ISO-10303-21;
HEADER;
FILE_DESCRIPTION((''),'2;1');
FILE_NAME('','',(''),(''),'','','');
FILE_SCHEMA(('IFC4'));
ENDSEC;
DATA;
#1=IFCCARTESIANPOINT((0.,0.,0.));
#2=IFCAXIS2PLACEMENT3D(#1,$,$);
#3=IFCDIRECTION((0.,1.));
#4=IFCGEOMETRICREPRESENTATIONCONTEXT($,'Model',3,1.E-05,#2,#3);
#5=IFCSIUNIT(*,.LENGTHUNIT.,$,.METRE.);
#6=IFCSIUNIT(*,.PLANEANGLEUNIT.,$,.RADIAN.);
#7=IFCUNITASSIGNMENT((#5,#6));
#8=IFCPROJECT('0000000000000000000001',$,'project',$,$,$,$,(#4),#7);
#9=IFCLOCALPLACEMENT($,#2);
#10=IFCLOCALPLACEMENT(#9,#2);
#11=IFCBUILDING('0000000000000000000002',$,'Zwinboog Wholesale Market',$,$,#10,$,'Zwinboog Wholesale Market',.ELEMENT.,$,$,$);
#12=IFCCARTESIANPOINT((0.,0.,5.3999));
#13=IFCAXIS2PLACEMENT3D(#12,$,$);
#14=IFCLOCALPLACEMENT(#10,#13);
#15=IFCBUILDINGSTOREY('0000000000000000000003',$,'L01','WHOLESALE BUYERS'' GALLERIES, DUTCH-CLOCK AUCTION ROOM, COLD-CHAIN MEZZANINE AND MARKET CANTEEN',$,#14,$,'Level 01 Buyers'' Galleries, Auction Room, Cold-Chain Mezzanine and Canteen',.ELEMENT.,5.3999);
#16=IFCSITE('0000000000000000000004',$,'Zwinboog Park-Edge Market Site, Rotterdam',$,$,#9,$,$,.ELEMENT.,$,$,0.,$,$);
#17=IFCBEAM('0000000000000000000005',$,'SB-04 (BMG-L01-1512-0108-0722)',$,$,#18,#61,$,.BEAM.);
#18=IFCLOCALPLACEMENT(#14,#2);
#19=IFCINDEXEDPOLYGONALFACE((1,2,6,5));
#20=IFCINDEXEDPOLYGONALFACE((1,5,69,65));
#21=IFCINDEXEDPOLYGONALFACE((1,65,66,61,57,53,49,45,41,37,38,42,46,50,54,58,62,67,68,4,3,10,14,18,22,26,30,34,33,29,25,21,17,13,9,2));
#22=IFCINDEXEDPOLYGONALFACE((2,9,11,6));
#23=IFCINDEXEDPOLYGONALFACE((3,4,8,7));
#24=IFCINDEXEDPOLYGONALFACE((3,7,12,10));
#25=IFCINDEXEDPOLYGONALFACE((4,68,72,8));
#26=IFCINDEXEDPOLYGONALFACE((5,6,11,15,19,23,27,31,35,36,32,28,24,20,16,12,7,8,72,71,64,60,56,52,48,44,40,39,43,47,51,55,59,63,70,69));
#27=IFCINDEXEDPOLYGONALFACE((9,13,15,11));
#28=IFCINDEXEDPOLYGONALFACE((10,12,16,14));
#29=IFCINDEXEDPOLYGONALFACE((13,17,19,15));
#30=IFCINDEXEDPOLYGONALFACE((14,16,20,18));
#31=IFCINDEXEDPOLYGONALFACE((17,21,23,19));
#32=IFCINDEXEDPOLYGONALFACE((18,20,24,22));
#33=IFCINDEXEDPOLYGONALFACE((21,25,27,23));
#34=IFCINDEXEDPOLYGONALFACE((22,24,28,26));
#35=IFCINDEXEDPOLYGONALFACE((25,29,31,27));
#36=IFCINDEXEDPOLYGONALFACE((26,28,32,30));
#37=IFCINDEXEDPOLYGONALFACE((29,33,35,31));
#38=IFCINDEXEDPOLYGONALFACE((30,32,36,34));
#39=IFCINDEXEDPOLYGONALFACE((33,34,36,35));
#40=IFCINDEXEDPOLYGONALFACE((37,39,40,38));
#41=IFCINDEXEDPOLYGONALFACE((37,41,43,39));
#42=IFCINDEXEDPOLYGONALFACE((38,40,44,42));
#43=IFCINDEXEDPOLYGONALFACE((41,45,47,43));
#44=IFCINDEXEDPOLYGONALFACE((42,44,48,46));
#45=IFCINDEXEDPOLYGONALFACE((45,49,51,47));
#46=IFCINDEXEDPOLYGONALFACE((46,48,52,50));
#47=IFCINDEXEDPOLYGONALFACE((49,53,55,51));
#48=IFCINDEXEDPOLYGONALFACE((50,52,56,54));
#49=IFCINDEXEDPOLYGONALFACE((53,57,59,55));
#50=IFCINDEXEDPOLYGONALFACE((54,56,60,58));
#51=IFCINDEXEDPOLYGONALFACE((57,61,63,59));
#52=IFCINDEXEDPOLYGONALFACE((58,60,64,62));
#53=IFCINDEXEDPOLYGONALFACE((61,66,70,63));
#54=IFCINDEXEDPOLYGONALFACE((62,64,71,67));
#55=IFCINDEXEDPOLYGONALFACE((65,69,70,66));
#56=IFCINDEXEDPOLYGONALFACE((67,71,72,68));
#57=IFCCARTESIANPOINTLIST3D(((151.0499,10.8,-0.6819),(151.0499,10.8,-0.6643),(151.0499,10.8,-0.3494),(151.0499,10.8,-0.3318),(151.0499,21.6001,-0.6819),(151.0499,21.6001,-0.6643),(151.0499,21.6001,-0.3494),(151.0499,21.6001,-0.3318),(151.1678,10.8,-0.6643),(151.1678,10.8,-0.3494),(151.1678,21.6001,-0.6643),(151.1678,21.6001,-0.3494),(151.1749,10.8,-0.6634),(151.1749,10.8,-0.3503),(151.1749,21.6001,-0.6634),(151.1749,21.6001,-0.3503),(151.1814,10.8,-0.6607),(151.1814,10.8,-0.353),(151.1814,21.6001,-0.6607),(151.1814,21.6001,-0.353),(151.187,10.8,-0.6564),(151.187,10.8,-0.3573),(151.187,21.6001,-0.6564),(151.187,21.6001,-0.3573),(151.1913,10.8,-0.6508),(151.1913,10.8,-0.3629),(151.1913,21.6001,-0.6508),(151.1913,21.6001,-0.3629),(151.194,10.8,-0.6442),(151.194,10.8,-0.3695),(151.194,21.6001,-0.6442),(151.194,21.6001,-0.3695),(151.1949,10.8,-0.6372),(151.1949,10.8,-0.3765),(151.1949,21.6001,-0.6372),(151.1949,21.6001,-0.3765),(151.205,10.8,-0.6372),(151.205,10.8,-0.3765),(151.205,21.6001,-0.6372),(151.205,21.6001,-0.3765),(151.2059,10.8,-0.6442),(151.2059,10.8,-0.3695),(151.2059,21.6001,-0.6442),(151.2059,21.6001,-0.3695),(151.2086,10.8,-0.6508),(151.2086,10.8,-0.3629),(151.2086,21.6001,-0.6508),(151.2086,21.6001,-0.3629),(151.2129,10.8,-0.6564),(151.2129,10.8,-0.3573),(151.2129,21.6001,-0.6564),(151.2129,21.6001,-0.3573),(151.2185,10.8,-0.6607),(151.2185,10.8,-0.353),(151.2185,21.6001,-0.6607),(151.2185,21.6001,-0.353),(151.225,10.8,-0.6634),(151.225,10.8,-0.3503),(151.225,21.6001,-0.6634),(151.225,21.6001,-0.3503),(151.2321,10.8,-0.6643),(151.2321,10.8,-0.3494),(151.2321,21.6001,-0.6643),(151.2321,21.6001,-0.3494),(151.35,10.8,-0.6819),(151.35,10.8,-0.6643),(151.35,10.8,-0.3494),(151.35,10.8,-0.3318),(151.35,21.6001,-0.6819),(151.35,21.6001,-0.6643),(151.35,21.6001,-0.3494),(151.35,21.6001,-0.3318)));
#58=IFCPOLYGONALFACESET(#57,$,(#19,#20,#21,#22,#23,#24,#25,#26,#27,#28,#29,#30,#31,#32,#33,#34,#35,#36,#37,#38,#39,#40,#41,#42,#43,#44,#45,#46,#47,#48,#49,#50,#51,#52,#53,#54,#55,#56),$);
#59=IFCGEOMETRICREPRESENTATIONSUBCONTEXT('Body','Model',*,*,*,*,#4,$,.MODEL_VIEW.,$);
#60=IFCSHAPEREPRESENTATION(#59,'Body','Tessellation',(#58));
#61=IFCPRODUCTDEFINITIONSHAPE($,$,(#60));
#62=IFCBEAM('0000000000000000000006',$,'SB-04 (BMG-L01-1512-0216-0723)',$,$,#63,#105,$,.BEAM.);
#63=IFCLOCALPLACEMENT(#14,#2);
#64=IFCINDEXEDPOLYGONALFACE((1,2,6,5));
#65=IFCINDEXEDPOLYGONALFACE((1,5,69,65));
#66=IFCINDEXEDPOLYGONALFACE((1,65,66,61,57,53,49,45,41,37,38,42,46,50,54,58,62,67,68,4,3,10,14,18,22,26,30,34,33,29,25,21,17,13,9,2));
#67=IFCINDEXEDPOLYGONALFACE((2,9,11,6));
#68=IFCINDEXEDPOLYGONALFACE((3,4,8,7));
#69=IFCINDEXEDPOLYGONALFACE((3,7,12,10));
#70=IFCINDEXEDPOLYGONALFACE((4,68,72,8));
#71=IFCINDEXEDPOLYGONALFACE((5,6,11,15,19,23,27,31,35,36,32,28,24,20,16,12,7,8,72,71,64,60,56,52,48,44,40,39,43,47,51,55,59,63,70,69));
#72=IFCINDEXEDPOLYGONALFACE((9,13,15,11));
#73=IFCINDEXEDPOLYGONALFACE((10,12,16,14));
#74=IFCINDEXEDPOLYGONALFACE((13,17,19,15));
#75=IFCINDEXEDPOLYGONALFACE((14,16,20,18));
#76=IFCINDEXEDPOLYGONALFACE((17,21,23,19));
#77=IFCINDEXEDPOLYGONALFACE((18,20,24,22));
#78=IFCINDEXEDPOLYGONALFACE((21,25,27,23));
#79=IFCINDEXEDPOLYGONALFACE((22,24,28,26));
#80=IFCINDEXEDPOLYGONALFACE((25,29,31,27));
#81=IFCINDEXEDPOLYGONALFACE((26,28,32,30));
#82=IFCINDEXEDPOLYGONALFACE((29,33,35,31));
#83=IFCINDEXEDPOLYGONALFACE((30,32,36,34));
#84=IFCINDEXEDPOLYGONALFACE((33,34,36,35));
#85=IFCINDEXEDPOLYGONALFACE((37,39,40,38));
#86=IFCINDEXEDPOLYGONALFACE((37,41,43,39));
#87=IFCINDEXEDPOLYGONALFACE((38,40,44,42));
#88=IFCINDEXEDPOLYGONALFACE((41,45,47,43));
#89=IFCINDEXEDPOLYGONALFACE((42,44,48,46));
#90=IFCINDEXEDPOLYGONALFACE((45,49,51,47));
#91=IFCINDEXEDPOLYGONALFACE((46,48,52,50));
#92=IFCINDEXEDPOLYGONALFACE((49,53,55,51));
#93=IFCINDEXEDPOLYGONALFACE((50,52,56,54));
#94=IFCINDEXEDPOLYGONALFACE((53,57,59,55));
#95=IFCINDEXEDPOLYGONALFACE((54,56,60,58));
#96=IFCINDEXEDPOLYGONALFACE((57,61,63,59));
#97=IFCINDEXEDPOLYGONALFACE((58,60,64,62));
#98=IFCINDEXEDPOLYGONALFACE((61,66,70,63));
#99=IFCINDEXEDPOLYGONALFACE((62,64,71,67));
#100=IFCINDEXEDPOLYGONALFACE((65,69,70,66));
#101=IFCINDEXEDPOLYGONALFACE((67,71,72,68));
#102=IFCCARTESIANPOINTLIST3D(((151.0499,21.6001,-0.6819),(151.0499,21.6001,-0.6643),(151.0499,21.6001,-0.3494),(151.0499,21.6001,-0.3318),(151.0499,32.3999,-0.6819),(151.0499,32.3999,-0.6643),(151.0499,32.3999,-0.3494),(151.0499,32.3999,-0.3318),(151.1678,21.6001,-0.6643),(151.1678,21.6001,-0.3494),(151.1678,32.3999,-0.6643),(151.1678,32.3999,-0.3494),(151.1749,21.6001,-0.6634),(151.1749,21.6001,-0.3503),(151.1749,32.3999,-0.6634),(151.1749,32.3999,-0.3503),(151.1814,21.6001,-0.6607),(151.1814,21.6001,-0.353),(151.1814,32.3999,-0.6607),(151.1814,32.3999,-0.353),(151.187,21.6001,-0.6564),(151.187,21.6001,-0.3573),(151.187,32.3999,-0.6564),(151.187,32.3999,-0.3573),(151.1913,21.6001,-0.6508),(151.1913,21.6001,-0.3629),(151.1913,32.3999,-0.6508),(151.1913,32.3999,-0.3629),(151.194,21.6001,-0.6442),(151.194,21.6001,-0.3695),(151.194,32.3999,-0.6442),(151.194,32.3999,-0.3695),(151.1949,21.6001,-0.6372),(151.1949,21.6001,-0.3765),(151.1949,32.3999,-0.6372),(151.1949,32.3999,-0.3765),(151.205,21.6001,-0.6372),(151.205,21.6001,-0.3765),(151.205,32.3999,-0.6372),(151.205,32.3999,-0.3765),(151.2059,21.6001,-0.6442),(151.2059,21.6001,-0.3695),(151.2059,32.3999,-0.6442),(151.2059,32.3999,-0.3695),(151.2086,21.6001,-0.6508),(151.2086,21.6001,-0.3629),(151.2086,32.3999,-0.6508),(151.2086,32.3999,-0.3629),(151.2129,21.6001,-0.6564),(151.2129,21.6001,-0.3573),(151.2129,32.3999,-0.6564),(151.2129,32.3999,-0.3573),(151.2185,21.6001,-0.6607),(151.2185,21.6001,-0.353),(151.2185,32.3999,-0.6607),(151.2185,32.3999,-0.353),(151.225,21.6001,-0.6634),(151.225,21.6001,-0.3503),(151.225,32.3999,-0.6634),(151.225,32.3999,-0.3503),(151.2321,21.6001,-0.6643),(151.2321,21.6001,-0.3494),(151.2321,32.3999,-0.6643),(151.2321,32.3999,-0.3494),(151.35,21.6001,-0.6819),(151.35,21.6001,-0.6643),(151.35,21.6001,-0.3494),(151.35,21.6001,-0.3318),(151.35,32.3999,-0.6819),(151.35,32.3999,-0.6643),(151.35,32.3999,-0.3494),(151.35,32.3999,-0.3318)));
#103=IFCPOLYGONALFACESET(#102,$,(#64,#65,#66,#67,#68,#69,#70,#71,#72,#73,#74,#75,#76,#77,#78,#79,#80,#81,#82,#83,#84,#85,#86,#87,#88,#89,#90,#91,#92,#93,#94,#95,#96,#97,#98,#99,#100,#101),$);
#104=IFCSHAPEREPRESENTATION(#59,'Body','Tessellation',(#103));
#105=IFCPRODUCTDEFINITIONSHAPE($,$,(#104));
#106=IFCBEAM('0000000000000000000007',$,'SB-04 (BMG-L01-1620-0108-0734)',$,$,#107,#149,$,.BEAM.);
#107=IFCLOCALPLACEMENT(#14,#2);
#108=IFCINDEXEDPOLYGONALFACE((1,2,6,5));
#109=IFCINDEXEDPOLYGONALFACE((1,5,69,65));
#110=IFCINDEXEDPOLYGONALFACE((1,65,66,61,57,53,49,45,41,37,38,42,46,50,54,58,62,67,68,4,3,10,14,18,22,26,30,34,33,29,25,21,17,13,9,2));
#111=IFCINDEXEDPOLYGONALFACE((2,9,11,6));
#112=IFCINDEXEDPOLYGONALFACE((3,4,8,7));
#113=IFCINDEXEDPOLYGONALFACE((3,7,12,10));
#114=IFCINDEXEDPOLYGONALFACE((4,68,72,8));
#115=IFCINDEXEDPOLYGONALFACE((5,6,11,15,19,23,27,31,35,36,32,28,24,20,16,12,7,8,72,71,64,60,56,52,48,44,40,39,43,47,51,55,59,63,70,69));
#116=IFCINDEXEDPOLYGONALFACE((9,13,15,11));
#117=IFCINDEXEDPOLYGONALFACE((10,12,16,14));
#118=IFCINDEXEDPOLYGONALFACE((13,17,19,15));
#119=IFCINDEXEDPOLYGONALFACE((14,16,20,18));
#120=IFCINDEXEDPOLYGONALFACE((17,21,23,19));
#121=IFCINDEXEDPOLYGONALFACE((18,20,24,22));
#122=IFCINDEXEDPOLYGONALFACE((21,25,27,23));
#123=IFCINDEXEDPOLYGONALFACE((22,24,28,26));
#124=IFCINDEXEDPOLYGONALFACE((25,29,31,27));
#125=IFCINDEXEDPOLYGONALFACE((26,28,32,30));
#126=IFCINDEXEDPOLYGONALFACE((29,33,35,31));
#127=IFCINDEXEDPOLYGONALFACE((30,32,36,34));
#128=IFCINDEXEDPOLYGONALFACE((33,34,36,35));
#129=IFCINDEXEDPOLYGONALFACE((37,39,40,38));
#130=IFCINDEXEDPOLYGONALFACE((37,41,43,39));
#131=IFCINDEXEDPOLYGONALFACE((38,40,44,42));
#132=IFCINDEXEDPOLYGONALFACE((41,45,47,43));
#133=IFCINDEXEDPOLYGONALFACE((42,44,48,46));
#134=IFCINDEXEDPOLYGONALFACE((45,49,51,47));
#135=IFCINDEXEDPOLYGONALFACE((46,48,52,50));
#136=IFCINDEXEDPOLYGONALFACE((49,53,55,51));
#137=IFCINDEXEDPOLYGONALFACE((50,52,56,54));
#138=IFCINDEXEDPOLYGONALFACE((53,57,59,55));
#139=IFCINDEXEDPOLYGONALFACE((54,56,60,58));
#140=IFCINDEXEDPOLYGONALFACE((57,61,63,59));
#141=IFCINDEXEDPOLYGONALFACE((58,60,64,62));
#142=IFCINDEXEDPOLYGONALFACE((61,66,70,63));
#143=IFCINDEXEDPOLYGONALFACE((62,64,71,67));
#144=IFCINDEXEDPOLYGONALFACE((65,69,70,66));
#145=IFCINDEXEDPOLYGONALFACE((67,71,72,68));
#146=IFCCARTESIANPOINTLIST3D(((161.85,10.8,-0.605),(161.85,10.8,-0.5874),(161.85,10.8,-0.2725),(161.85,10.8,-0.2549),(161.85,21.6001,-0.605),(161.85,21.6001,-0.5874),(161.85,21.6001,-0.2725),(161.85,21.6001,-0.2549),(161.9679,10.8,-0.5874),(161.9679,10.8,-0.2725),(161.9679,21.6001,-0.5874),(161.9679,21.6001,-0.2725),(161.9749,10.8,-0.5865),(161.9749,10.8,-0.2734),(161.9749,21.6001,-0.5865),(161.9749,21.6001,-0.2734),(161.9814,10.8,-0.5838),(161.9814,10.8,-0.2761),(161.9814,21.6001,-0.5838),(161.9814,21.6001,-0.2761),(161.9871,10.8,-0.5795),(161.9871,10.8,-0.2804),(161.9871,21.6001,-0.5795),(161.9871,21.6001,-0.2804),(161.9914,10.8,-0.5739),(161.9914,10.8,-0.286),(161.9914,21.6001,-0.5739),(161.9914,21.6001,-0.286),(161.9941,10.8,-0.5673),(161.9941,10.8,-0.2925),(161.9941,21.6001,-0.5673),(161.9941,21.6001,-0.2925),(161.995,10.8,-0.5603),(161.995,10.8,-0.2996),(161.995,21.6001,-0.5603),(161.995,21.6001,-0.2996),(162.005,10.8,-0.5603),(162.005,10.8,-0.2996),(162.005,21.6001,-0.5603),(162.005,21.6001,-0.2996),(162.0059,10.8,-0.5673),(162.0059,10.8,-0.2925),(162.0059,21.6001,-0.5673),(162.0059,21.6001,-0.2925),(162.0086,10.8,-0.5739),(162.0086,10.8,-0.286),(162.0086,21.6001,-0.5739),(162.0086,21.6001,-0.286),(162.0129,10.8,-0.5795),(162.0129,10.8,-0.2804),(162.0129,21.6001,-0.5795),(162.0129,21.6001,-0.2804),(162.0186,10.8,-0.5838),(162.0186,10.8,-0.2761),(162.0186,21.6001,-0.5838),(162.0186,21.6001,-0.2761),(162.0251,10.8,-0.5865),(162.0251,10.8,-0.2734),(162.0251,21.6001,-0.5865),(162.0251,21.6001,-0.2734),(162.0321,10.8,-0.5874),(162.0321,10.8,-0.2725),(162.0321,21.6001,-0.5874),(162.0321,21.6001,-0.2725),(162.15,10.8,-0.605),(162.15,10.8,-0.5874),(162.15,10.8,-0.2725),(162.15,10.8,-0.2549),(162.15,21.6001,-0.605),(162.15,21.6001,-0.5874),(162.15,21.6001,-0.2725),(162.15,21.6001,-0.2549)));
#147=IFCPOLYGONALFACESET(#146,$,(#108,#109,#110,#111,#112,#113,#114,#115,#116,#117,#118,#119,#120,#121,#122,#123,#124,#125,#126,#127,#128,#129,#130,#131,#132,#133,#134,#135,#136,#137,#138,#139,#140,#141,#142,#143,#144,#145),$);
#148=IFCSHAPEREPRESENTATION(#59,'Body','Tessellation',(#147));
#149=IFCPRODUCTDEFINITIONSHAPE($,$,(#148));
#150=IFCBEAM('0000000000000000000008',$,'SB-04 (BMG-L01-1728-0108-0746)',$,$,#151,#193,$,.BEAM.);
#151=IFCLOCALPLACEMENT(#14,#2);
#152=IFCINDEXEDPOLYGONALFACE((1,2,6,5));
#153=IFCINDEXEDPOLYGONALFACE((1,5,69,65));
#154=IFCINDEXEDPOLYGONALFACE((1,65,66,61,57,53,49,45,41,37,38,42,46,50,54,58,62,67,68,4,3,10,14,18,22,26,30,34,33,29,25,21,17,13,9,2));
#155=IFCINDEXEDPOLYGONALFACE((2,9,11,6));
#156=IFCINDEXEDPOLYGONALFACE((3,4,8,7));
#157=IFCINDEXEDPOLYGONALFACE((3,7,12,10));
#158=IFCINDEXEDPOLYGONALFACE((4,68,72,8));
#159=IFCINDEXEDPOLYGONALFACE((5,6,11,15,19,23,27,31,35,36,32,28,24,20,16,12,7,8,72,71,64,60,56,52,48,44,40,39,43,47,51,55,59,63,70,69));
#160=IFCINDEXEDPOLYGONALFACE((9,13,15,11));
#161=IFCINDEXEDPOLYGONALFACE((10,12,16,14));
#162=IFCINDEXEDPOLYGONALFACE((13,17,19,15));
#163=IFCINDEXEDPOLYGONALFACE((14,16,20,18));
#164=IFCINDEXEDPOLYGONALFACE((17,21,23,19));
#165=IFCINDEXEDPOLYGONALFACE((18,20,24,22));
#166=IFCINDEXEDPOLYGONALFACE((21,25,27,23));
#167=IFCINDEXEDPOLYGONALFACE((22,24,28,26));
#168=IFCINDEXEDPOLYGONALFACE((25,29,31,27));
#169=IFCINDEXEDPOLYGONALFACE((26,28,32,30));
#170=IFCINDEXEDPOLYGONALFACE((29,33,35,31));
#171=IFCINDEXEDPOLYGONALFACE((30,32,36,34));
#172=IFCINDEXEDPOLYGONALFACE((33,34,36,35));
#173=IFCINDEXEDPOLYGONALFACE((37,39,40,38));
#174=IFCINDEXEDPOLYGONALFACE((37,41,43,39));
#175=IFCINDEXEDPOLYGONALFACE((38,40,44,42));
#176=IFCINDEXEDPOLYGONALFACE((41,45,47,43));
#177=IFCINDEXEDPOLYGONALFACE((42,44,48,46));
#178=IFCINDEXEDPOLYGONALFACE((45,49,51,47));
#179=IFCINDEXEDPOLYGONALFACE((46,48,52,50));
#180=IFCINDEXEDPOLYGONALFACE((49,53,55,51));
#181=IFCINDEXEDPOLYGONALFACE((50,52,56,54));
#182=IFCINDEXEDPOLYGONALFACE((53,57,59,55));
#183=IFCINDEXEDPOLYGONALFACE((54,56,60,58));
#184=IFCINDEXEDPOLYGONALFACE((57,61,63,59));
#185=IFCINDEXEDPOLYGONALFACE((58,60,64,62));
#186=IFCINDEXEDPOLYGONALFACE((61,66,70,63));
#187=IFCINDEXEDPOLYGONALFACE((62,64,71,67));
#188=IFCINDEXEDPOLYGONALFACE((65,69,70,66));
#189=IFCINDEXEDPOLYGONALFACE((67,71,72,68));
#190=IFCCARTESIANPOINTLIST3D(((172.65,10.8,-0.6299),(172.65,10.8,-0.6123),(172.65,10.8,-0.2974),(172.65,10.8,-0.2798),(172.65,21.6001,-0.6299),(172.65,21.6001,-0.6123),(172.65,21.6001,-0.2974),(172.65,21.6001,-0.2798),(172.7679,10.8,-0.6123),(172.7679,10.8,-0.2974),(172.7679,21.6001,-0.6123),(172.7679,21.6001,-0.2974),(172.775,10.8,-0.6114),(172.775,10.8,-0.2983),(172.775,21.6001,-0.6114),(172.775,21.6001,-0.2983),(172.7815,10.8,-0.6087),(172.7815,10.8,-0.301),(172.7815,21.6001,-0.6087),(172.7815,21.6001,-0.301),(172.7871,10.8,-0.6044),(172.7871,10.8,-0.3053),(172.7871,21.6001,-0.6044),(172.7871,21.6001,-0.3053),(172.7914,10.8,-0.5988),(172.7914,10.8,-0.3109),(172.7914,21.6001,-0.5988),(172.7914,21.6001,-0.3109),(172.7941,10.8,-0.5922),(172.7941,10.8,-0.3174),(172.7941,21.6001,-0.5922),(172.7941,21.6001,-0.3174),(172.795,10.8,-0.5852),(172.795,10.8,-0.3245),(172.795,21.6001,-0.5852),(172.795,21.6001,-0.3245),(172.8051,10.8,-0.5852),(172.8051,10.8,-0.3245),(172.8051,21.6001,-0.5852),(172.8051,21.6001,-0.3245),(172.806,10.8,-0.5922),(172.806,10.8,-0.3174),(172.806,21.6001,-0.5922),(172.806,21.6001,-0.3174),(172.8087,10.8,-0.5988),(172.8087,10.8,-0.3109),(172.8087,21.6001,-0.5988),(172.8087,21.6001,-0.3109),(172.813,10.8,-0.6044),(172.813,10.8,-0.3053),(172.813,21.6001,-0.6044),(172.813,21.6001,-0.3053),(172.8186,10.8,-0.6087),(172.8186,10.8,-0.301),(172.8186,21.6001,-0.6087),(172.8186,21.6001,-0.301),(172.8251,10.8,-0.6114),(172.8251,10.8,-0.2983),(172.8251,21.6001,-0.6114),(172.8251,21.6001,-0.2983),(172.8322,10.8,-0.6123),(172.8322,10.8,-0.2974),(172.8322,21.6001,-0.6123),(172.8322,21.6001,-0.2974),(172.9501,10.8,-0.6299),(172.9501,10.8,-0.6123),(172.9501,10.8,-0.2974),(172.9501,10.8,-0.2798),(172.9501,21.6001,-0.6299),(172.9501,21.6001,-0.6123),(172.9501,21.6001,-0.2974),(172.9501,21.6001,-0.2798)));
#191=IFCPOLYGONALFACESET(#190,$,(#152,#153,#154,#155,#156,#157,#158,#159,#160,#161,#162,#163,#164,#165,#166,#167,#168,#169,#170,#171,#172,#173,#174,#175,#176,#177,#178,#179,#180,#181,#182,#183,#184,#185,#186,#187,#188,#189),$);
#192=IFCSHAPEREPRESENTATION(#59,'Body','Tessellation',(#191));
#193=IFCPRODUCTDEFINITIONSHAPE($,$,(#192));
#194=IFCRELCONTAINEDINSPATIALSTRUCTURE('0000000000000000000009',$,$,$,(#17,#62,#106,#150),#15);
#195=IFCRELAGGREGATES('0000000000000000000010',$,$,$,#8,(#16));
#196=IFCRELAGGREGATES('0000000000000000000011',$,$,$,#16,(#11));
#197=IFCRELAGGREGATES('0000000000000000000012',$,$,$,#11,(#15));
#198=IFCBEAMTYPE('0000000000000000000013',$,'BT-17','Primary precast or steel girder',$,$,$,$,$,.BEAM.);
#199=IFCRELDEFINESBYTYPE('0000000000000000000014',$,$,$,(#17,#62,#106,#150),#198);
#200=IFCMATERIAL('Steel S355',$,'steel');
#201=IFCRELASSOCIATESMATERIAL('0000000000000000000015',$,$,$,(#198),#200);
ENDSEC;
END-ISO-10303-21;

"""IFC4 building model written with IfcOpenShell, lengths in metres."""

from ifc_helpers import new_model, si_unit, direction, frame, origin, origin_2d, place, context, subcontext, project, spatial, i_section, extrude, material, material_profile, profile_set, type_object, element, save


model = new_model("IFC4")

# Units and contexts
model_context = context("Model", 3, precision=1e-05, world=origin(), true_north=direction((0.0, 1.0)))
body_context = subcontext(model_context, "Body", "Model", "MODEL_VIEW")
ifc_project = project(units=[si_unit("LENGTHUNIT", "METRE"), si_unit("PLANEANGLEUNIT", "RADIAN")], contexts=[model_context])

# Site, building, storey
site_placement = place(None, origin())
site = spatial("IfcSite", under=ifc_project, at=site_placement, Name="Zwinboog Park-Edge Market Site, Rotterdam", CompositionType="ELEMENT", RefElevation=0.0)
building_placement = place(site_placement, origin())
building = spatial("IfcBuilding", under=site, at=building_placement, Name="Zwinboog Wholesale Market", LongName="Zwinboog Wholesale Market", CompositionType="ELEMENT")
storey_placement = place(building_placement, frame((0.0, 0.0, 5.3999)))
storey = spatial("IfcBuildingStorey", under=building, at=storey_placement, Name="L01", Description="WHOLESALE BUYERS' GALLERIES, DUTCH-CLOCK AUCTION ROOM, COLD-CHAIN MEZZANINE AND MARKET CANTEEN", LongName="Level 01 Buyers' Galleries, Auction Room, Cold-Chain Mezzanine and Canteen", CompositionType="ELEMENT", Elevation=5.3999)

# Beams
ifc_material_1 = material(Name="Steel S355", Category="steel")
ifc_material_profile_1 = material_profile(ifc_material_1, i_section(OverallWidth=0.3, OverallDepth=0.3501, WebThickness=0.01, FlangeThickness=0.0176, FilletRadius=0.0271, at=origin_2d()), Name="HEA 360")
ifc_profile_set_1 = profile_set([ifc_material_profile_1], Name="Steel S355")
beam_type_1 = type_object("IfcBeamType", Name="BT-17", Description="Primary precast or steel girder", PredefinedType="BEAM", material=ifc_profile_set_1)
beam_1_placement = place(storey_placement, frame((151.2, 10.8, -0.5068), z_axis=(0.0, 1.0, 0.0), x_axis=(-1.0, 0.0, 0.0)))
element("IfcBeam", 1, at=beam_1_placement, inside=storey, type_object=beam_type_1, Name="SB-04 (BMG-L01-1512-0108-0722)", PredefinedType="BEAM", context=body_context, shape_type="SweptSolid", body=[
    extrude(i_section(OverallWidth=0.3, OverallDepth=0.3501, WebThickness=0.01, FlangeThickness=0.0176, FilletRadius=0.0271, at=origin_2d()), origin(), (0.0, 0.0, 1.0), 10.8),
])
beam_2_placement = place(storey_placement, frame((151.2, 21.6001, -0.5068), z_axis=(0.0, 1.0, 0.0), x_axis=(-1.0, 0.0, 0.0)))
element("IfcBeam", 2, at=beam_2_placement, inside=storey, type_object=beam_type_1, Name="SB-04 (BMG-L01-1512-0216-0723)", PredefinedType="BEAM", context=body_context, shape_type="SweptSolid", body=[
    extrude(i_section(OverallWidth=0.3, OverallDepth=0.3501, WebThickness=0.01, FlangeThickness=0.0176, FilletRadius=0.0271, at=origin_2d()), origin(), (0.0, 0.0, 1.0), 10.7998),
])
for number, where, z_axis, x_axis, name in (
    (3, (162.0, 10.8, -0.4299), (0.0, 1.0, 0.0), (-1.0, 0.0, 0.0), "SB-04 (BMG-L01-1620-0108-0734)"),
    (4, (172.8, 10.8, -0.4548), (0.0, 1.0, 0.0), (-1.0, 0.0, 0.0), "SB-04 (BMG-L01-1728-0108-0746)"),
):
    element("IfcBeam", number, at=place(storey_placement, frame(where, z_axis=z_axis, x_axis=x_axis)), inside=storey, type_object=beam_type_1, Name=name, PredefinedType="BEAM", context=body_context, shape_type="SweptSolid", body=[
        extrude(i_section(OverallWidth=0.3, OverallDepth=0.3501, WebThickness=0.01, FlangeThickness=0.0176, FilletRadius=0.0271, at=origin_2d()), origin(), (0.0, 0.0, 1.0), 10.8),
    ])

save(model, "model.ifc")
